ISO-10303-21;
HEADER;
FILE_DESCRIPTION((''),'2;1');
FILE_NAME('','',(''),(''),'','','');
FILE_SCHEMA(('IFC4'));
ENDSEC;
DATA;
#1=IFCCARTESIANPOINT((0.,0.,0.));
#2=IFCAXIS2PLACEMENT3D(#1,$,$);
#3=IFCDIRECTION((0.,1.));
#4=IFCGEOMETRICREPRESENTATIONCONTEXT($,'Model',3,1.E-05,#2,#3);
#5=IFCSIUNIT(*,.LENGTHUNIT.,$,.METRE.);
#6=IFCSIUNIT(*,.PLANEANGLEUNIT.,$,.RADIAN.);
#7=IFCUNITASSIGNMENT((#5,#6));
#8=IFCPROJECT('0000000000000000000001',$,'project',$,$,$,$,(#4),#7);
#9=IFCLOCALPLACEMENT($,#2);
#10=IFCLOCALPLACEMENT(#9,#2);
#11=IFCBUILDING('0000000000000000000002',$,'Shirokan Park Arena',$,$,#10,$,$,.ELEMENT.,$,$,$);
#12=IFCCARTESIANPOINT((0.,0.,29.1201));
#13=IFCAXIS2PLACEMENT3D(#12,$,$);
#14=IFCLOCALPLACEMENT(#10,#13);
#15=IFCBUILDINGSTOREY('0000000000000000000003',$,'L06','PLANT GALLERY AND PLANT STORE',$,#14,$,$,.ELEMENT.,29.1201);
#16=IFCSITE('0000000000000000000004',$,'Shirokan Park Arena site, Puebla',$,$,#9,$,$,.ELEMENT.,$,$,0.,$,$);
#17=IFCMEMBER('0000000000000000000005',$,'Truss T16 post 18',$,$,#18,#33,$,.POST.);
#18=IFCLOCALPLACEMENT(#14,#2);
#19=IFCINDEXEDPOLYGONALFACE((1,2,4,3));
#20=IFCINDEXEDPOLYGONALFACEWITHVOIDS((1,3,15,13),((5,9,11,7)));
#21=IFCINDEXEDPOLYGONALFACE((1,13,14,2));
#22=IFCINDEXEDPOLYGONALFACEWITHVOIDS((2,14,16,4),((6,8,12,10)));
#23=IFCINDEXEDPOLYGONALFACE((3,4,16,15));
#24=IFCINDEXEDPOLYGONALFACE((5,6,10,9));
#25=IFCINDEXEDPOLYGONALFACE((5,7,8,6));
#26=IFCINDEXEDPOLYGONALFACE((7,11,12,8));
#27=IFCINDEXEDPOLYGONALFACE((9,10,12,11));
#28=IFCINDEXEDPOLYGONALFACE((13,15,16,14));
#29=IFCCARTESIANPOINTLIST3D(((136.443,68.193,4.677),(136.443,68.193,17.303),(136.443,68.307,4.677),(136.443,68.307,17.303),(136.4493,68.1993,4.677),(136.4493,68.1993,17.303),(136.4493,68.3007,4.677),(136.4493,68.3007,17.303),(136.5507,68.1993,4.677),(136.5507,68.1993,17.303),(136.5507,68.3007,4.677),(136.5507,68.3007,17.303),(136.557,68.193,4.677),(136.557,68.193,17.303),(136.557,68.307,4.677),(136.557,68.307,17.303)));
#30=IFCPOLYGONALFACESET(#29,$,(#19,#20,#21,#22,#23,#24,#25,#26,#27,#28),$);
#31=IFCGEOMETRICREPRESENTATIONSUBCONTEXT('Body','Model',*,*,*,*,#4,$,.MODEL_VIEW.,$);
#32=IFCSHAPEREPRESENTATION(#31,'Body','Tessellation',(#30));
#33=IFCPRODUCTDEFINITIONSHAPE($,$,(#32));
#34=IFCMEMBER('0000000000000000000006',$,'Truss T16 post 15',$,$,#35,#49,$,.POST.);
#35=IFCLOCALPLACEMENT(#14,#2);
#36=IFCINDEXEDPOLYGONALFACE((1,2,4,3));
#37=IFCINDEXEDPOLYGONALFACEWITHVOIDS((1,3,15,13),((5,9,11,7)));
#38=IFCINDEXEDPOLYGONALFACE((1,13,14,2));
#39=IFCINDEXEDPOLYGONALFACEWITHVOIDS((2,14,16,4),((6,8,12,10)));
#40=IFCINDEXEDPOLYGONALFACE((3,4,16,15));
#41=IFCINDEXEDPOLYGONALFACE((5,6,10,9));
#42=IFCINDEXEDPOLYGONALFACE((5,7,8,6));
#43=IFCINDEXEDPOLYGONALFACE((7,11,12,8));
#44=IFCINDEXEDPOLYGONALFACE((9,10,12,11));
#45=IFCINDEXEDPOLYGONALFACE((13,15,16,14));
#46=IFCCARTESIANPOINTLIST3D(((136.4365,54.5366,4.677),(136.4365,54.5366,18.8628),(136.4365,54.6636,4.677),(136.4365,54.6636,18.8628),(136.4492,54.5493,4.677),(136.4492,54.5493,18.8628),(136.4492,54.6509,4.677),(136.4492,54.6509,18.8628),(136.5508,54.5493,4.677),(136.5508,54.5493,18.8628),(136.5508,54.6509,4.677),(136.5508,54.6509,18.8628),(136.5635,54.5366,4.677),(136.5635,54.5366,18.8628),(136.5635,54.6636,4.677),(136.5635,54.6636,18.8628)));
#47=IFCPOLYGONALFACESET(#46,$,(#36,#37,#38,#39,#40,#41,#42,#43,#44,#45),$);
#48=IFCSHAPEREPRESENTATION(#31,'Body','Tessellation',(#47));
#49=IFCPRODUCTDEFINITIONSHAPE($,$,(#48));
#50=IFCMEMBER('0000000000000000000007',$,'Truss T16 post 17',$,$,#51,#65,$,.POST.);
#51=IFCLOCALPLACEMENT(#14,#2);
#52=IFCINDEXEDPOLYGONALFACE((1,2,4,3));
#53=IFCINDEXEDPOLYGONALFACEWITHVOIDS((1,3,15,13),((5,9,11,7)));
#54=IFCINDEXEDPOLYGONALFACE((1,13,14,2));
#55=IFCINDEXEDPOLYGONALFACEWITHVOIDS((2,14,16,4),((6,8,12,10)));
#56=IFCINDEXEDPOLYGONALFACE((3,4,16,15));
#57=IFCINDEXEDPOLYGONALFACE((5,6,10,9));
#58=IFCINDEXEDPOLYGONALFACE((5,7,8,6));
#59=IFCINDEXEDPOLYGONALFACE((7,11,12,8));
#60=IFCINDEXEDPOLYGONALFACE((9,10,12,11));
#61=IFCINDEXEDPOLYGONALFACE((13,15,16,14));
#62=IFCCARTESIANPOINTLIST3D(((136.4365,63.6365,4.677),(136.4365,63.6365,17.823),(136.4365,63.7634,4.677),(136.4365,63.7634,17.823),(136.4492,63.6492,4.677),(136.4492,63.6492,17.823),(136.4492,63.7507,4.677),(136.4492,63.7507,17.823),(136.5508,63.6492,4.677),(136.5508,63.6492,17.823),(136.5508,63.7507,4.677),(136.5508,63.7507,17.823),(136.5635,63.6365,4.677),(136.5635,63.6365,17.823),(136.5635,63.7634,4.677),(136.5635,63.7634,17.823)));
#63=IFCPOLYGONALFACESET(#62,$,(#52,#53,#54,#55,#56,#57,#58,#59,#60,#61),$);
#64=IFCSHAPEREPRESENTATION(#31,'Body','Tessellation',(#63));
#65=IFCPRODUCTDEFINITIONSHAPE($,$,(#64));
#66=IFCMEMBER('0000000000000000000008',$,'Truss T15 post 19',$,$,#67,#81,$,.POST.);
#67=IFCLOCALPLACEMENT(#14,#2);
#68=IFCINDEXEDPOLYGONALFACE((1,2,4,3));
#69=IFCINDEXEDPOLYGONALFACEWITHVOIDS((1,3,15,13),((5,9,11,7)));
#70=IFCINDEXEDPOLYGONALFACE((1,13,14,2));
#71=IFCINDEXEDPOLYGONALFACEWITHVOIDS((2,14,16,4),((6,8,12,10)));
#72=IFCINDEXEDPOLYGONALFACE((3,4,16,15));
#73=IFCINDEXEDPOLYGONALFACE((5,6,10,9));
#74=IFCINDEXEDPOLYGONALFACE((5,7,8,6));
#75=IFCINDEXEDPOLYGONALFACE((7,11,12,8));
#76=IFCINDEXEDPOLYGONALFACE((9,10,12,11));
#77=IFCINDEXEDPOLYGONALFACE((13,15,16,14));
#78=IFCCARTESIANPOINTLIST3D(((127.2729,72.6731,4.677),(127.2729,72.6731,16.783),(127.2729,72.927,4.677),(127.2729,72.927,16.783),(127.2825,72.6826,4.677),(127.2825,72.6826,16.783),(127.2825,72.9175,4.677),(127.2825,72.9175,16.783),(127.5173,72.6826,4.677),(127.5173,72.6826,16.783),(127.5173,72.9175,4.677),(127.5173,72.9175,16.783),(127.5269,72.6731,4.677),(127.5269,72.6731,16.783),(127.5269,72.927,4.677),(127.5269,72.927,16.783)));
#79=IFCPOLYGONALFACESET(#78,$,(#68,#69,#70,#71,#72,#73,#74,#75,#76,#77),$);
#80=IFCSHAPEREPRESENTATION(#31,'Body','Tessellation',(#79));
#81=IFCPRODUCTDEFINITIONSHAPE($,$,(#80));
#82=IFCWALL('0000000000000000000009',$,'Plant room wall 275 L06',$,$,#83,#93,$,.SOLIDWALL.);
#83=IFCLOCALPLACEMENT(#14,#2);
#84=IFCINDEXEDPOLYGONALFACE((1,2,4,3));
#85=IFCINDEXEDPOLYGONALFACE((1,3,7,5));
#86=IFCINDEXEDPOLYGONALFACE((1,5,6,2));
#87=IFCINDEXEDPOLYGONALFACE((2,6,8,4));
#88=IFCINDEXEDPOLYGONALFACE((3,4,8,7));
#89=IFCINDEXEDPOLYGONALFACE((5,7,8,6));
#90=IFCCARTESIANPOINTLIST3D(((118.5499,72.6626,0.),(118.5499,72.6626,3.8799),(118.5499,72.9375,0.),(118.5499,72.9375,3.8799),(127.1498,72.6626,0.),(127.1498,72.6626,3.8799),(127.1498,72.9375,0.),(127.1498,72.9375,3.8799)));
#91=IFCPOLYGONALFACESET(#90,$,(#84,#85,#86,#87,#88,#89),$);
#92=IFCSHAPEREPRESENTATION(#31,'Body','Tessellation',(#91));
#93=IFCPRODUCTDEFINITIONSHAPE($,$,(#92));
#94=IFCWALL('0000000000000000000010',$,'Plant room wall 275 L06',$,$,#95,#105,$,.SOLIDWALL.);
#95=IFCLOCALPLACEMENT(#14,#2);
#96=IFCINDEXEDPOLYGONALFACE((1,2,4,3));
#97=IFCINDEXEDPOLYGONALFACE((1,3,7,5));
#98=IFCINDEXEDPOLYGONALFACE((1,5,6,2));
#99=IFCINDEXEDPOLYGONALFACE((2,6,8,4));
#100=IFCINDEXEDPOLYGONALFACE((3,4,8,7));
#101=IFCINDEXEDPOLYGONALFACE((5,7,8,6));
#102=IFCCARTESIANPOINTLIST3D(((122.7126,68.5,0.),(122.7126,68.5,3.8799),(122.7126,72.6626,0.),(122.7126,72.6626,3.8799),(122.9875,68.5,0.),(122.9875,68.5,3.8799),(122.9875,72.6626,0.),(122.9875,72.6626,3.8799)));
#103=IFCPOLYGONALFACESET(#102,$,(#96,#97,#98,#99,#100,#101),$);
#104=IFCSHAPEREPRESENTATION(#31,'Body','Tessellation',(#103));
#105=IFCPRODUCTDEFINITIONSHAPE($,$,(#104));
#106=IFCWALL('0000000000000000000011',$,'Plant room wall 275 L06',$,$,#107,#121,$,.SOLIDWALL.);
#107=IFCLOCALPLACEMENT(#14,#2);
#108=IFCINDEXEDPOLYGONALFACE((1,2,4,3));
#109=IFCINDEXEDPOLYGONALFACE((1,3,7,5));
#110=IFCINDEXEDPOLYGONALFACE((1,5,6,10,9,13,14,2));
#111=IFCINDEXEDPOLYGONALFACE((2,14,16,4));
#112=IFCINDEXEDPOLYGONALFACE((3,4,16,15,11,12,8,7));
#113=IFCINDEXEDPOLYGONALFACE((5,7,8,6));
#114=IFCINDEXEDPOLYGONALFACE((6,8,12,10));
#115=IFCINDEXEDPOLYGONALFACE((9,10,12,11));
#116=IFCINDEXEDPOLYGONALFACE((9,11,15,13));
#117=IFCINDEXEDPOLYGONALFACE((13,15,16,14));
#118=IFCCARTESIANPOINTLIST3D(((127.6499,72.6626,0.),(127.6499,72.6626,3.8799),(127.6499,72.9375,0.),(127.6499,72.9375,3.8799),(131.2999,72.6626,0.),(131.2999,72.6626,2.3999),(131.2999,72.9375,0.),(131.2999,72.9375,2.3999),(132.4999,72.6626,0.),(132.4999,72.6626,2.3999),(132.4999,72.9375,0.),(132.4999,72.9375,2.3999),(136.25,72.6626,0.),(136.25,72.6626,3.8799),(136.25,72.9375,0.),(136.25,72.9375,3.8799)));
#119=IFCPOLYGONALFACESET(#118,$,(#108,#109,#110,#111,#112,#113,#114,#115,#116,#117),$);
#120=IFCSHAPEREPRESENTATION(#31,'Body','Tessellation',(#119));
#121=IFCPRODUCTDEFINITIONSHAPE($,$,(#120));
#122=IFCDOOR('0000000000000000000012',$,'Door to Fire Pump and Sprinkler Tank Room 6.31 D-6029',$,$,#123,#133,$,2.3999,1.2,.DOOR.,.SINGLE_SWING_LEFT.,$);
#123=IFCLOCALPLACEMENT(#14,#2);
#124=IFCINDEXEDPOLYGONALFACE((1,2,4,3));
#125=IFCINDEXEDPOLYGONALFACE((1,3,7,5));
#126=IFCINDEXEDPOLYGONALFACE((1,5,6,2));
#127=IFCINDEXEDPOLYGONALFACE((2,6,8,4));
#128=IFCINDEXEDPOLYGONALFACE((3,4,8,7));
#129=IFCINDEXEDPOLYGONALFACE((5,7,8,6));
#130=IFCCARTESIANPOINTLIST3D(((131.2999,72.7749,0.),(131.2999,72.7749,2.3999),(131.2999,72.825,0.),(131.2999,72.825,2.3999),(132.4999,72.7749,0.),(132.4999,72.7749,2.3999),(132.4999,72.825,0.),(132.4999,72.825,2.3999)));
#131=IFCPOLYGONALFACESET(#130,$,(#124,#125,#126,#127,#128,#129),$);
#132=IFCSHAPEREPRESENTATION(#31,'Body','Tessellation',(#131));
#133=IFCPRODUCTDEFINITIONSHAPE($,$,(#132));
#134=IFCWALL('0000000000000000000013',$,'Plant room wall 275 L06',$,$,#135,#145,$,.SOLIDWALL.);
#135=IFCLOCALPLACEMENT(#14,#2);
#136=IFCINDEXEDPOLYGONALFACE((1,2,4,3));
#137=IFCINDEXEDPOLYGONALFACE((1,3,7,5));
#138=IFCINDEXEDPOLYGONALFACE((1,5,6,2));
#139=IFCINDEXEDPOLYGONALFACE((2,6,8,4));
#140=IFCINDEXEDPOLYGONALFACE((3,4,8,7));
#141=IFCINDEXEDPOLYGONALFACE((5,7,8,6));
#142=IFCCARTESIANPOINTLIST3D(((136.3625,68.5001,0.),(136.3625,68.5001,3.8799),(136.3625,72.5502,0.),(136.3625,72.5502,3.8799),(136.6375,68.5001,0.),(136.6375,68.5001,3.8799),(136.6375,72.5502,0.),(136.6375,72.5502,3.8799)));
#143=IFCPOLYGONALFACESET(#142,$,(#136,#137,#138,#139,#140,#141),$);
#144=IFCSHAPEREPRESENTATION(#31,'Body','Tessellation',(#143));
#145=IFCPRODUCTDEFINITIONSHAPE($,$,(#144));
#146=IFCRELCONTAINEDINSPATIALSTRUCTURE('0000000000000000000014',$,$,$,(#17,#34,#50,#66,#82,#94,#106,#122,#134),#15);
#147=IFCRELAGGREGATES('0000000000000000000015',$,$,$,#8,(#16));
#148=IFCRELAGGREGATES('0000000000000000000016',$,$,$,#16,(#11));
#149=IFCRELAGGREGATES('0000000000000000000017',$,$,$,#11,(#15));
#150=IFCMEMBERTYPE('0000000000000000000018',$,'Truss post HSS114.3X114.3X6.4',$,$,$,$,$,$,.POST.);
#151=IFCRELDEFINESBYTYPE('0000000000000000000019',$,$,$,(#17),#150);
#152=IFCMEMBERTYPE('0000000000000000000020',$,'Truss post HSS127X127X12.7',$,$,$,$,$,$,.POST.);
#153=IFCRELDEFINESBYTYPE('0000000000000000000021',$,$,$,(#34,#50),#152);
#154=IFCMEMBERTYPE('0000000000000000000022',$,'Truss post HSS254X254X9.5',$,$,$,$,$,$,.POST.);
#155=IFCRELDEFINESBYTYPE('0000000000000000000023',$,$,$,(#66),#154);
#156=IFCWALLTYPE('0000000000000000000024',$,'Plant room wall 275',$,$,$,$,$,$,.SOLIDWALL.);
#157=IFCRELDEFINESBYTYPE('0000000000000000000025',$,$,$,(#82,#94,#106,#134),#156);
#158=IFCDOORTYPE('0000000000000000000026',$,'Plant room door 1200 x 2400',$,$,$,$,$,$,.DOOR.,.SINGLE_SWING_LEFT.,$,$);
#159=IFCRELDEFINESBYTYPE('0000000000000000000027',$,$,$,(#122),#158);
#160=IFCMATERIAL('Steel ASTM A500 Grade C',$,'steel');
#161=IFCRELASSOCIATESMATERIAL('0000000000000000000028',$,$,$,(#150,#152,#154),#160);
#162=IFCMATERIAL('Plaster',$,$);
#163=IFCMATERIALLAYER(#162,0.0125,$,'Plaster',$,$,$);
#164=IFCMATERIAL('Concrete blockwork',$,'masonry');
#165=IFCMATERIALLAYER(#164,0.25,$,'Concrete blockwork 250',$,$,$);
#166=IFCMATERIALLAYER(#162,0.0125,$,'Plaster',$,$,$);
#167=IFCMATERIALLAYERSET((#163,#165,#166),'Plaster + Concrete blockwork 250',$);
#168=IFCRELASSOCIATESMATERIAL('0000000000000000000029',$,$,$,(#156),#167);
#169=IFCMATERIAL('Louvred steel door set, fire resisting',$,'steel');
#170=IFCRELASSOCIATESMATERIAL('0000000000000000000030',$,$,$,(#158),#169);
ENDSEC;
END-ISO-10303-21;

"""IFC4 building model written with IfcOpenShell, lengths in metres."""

from ifc_helpers import new_model, si_unit, direction, frame, frame_2d, origin, origin_2d, place, context, subcontext, project, spatial, rectangle, hollow_rectangle, extrude, material, layer, layer_set, material_profile, profile_set, type_object, element, fill, save


model = new_model("IFC4")

# Units and contexts
model_context = context("Model", 3, precision=1e-05, world=origin(), true_north=direction((0.0, 1.0)))
body_context = subcontext(model_context, "Body", "Model", "MODEL_VIEW")
ifc_project = project(units=[si_unit("LENGTHUNIT", "METRE"), si_unit("PLANEANGLEUNIT", "RADIAN")], contexts=[model_context])

# Site, building, storey
site_placement = place(None, origin())
site = spatial("IfcSite", under=ifc_project, at=site_placement, Name="Shirokan Park Arena site, Puebla", CompositionType="ELEMENT", RefElevation=0.0)
building_placement = place(site_placement, origin())
building = spatial("IfcBuilding", under=site, at=building_placement, Name="Shirokan Park Arena", CompositionType="ELEMENT")
storey_placement = place(building_placement, frame((0.0, 0.0, 29.1201)))
storey = spatial("IfcBuildingStorey", under=building, at=storey_placement, Name="L06", Description="PLANT GALLERY AND PLANT STORE", CompositionType="ELEMENT", Elevation=29.1201)

# Shared definitions
ifc_material_1 = material(Name="Steel ASTM A500 Grade C", Category="steel")

# Members
ifc_material_profile_1 = material_profile(ifc_material_1, hollow_rectangle(XDim=0.114, YDim=0.114, WallThickness=0.0063, at=origin_2d()), Name="HSS114.3X114.3X6.4")
ifc_profile_set_1 = profile_set([ifc_material_profile_1], Name="Steel ASTM A500 Grade C")
member_type_1 = type_object("IfcMemberType", Name="Truss post HSS114.3X114.3X6.4", PredefinedType="POST", material=ifc_profile_set_1)
member_1_placement = place(storey_placement, frame((136.5, 68.25, 4.677), z_axis=(0.0, 0.0, 1.0), x_axis=(1.0, 0.0, 0.0)))
element("IfcMember", 1, at=member_1_placement, inside=storey, type_object=member_type_1, Name="Truss T16 post 18", PredefinedType="POST", context=body_context, shape_type="SweptSolid", body=[
    extrude(hollow_rectangle(XDim=0.114, YDim=0.114, WallThickness=0.0063, at=origin_2d()), origin(), (0.0, 0.0, 1.0), 12.626),
])
ifc_material_profile_2 = material_profile(ifc_material_1, hollow_rectangle(XDim=0.127, YDim=0.127, WallThickness=0.0127, at=origin_2d()), Name="HSS127X127X12.7")
ifc_profile_set_2 = profile_set([ifc_material_profile_2], Name="Steel ASTM A500 Grade C")
member_type_2 = type_object("IfcMemberType", Name="Truss post HSS127X127X12.7", PredefinedType="POST", material=ifc_profile_set_2)
member_2_placement = place(storey_placement, frame((136.5, 54.6001, 4.677), z_axis=(0.0, 0.0, 1.0), x_axis=(1.0, 0.0, 0.0)))
element("IfcMember", 2, at=member_2_placement, inside=storey, type_object=member_type_2, Name="Truss T16 post 15", PredefinedType="POST", context=body_context, shape_type="SweptSolid", body=[
    extrude(hollow_rectangle(XDim=0.127, YDim=0.127, WallThickness=0.0127, at=origin_2d()), origin(), (0.0, 0.0, 1.0), 14.1858),
])
member_3_placement = place(storey_placement, frame((136.5, 63.7, 4.677), z_axis=(0.0, 0.0, 1.0), x_axis=(1.0, 0.0, 0.0)))
element("IfcMember", 3, at=member_3_placement, inside=storey, type_object=member_type_2, Name="Truss T16 post 17", PredefinedType="POST", context=body_context, shape_type="SweptSolid", body=[
    extrude(hollow_rectangle(XDim=0.127, YDim=0.127, WallThickness=0.0127, at=origin_2d()), origin(), (0.0, 0.0, 1.0), 13.146),
])
ifc_material_profile_3 = material_profile(ifc_material_1, hollow_rectangle(XDim=0.2539, YDim=0.2539, WallThickness=0.0095, at=origin_2d()), Name="HSS254X254X9.5")
ifc_profile_set_3 = profile_set([ifc_material_profile_3], Name="Steel ASTM A500 Grade C")
member_type_3 = type_object("IfcMemberType", Name="Truss post HSS254X254X9.5", PredefinedType="POST", material=ifc_profile_set_3)
member_4_placement = place(storey_placement, frame((127.3999, 72.8, 4.677), z_axis=(0.0, 0.0, 1.0), x_axis=(1.0, 0.0, 0.0)))
element("IfcMember", 4, at=member_4_placement, inside=storey, type_object=member_type_3, Name="Truss T15 post 19", PredefinedType="POST", context=body_context, shape_type="SweptSolid", body=[
    extrude(hollow_rectangle(XDim=0.2539, YDim=0.2539, WallThickness=0.0095, at=origin_2d()), origin(), (0.0, 0.0, 1.0), 12.106),
])

# Walls
ifc_material_2 = material(Name="Plaster")
ifc_layer_1 = layer(ifc_material_2, 0.0125, Name="Plaster")
ifc_material_3 = material(Name="Concrete blockwork", Category="masonry")
ifc_layer_2 = layer(ifc_material_3, 0.25, Name="Concrete blockwork 250")
ifc_layer_3 = layer(ifc_material_2, 0.0125, Name="Plaster")
ifc_layer_set = layer_set([ifc_layer_1, ifc_layer_2, ifc_layer_3], Name="Plaster + Concrete blockwork 250")
wall_type = type_object("IfcWallType", Name="Plant room wall 275", PredefinedType="SOLIDWALL", material=ifc_layer_set)
wall_1_placement = place(storey_placement, frame((118.55, 72.8, 0.0), z_axis=(0.0, 0.0, 1.0), x_axis=(1.0, 0.0, 0.0)))
element("IfcWall", 5, at=wall_1_placement, inside=storey, type_object=wall_type, Name="Plant room wall 275 L06", PredefinedType="SOLIDWALL", context=body_context, shape_type="SweptSolid", body=[
    extrude(rectangle(XDim=8.5999, YDim=0.2749, at=frame_2d((4.2998, 0.0))), origin(), (0.0, 0.0, 1.0), 3.8799),
])
wall_2_placement = place(storey_placement, frame((122.8501, 68.5, 0.0), z_axis=(0.0, 0.0, 1.0), x_axis=(0.0, 1.0, 0.0)))
element("IfcWall", 6, at=wall_2_placement, inside=storey, type_object=wall_type, Name="Plant room wall 275 L06", PredefinedType="SOLIDWALL", context=body_context, shape_type="SweptSolid", body=[
    extrude(rectangle(XDim=4.1626, YDim=0.2749, at=frame_2d((2.0813, 0.0))), origin(), (0.0, 0.0, 1.0), 3.8799),
])

# Wall, opening, door
wall_3_placement = place(storey_placement, frame((127.6499, 72.8, 0.0), z_axis=(0.0, 0.0, 1.0), x_axis=(1.0, 0.0, 0.0)))
wall_3 = element("IfcWall", 7, at=wall_3_placement, inside=storey, type_object=wall_type, Name="Plant room wall 275 L06", PredefinedType="SOLIDWALL", context=body_context, shape_type="SweptSolid", body=[
    extrude(rectangle(XDim=8.6001, YDim=0.2749, at=frame_2d((4.3, 0.0))), origin(), (0.0, 0.0, 1.0), 3.8799),
])
opening_placement = place(wall_3_placement, frame((3.6499, 0.0, 0.0)))
opening = element("IfcOpeningElement", 8, at=opening_placement, cuts=wall_3, PredefinedType="OPENING", context=body_context, shape_type="SweptSolid", body=[
    extrude(rectangle(XDim=1.2, YDim=2.3999, at=frame_2d((0.6001, 1.2))), frame((0.0, 0.1475, 0.0), z_axis=(0.0, -1.0, 0.0), x_axis=(1.0, 0.0, 0.0)), (0.0, 0.0, 1.0), 0.2949),
])
ifc_material_4 = material(Name="Louvred steel door set, fire resisting", Category="steel")
door_type = type_object("IfcDoorType", Name="Plant room door 1200 x 2400", OperationType="SINGLE_SWING_LEFT", PredefinedType="DOOR", material=ifc_material_4)
door_placement = place(opening_placement, origin())
door = element("IfcDoor", 9, at=door_placement, inside=storey, type_object=door_type, Name="Door to Fire Pump and Sprinkler Tank Room 6.31 D-6029", OperationType="SINGLE_SWING_LEFT", OverallHeight=2.3999, OverallWidth=1.2, PredefinedType="DOOR", context=body_context, shape_type="SweptSolid", body=[
    extrude(rectangle(XDim=1.2, YDim=2.3999, at=frame_2d((0.6001, 1.2))), frame((0.0, 0.0249, 0.0), z_axis=(0.0, -1.0, 0.0), x_axis=(1.0, 0.0, 0.0)), (0.0, 0.0, 1.0), 0.05),
])
fill(opening, door)

# Wall
wall_4_placement = place(storey_placement, frame((136.5, 72.55, 0.0), z_axis=(0.0, 0.0, 1.0), x_axis=(0.0, -1.0, 0.0)))
element("IfcWall", 10, at=wall_4_placement, inside=storey, type_object=wall_type, Name="Plant room wall 275 L06", PredefinedType="SOLIDWALL", context=body_context, shape_type="SweptSolid", body=[
    extrude(rectangle(XDim=4.05, YDim=0.2749, at=frame_2d((2.0249, 0.0))), origin(), (0.0, 0.0, 1.0), 3.8799),
])

save(model, "model.ifc")
